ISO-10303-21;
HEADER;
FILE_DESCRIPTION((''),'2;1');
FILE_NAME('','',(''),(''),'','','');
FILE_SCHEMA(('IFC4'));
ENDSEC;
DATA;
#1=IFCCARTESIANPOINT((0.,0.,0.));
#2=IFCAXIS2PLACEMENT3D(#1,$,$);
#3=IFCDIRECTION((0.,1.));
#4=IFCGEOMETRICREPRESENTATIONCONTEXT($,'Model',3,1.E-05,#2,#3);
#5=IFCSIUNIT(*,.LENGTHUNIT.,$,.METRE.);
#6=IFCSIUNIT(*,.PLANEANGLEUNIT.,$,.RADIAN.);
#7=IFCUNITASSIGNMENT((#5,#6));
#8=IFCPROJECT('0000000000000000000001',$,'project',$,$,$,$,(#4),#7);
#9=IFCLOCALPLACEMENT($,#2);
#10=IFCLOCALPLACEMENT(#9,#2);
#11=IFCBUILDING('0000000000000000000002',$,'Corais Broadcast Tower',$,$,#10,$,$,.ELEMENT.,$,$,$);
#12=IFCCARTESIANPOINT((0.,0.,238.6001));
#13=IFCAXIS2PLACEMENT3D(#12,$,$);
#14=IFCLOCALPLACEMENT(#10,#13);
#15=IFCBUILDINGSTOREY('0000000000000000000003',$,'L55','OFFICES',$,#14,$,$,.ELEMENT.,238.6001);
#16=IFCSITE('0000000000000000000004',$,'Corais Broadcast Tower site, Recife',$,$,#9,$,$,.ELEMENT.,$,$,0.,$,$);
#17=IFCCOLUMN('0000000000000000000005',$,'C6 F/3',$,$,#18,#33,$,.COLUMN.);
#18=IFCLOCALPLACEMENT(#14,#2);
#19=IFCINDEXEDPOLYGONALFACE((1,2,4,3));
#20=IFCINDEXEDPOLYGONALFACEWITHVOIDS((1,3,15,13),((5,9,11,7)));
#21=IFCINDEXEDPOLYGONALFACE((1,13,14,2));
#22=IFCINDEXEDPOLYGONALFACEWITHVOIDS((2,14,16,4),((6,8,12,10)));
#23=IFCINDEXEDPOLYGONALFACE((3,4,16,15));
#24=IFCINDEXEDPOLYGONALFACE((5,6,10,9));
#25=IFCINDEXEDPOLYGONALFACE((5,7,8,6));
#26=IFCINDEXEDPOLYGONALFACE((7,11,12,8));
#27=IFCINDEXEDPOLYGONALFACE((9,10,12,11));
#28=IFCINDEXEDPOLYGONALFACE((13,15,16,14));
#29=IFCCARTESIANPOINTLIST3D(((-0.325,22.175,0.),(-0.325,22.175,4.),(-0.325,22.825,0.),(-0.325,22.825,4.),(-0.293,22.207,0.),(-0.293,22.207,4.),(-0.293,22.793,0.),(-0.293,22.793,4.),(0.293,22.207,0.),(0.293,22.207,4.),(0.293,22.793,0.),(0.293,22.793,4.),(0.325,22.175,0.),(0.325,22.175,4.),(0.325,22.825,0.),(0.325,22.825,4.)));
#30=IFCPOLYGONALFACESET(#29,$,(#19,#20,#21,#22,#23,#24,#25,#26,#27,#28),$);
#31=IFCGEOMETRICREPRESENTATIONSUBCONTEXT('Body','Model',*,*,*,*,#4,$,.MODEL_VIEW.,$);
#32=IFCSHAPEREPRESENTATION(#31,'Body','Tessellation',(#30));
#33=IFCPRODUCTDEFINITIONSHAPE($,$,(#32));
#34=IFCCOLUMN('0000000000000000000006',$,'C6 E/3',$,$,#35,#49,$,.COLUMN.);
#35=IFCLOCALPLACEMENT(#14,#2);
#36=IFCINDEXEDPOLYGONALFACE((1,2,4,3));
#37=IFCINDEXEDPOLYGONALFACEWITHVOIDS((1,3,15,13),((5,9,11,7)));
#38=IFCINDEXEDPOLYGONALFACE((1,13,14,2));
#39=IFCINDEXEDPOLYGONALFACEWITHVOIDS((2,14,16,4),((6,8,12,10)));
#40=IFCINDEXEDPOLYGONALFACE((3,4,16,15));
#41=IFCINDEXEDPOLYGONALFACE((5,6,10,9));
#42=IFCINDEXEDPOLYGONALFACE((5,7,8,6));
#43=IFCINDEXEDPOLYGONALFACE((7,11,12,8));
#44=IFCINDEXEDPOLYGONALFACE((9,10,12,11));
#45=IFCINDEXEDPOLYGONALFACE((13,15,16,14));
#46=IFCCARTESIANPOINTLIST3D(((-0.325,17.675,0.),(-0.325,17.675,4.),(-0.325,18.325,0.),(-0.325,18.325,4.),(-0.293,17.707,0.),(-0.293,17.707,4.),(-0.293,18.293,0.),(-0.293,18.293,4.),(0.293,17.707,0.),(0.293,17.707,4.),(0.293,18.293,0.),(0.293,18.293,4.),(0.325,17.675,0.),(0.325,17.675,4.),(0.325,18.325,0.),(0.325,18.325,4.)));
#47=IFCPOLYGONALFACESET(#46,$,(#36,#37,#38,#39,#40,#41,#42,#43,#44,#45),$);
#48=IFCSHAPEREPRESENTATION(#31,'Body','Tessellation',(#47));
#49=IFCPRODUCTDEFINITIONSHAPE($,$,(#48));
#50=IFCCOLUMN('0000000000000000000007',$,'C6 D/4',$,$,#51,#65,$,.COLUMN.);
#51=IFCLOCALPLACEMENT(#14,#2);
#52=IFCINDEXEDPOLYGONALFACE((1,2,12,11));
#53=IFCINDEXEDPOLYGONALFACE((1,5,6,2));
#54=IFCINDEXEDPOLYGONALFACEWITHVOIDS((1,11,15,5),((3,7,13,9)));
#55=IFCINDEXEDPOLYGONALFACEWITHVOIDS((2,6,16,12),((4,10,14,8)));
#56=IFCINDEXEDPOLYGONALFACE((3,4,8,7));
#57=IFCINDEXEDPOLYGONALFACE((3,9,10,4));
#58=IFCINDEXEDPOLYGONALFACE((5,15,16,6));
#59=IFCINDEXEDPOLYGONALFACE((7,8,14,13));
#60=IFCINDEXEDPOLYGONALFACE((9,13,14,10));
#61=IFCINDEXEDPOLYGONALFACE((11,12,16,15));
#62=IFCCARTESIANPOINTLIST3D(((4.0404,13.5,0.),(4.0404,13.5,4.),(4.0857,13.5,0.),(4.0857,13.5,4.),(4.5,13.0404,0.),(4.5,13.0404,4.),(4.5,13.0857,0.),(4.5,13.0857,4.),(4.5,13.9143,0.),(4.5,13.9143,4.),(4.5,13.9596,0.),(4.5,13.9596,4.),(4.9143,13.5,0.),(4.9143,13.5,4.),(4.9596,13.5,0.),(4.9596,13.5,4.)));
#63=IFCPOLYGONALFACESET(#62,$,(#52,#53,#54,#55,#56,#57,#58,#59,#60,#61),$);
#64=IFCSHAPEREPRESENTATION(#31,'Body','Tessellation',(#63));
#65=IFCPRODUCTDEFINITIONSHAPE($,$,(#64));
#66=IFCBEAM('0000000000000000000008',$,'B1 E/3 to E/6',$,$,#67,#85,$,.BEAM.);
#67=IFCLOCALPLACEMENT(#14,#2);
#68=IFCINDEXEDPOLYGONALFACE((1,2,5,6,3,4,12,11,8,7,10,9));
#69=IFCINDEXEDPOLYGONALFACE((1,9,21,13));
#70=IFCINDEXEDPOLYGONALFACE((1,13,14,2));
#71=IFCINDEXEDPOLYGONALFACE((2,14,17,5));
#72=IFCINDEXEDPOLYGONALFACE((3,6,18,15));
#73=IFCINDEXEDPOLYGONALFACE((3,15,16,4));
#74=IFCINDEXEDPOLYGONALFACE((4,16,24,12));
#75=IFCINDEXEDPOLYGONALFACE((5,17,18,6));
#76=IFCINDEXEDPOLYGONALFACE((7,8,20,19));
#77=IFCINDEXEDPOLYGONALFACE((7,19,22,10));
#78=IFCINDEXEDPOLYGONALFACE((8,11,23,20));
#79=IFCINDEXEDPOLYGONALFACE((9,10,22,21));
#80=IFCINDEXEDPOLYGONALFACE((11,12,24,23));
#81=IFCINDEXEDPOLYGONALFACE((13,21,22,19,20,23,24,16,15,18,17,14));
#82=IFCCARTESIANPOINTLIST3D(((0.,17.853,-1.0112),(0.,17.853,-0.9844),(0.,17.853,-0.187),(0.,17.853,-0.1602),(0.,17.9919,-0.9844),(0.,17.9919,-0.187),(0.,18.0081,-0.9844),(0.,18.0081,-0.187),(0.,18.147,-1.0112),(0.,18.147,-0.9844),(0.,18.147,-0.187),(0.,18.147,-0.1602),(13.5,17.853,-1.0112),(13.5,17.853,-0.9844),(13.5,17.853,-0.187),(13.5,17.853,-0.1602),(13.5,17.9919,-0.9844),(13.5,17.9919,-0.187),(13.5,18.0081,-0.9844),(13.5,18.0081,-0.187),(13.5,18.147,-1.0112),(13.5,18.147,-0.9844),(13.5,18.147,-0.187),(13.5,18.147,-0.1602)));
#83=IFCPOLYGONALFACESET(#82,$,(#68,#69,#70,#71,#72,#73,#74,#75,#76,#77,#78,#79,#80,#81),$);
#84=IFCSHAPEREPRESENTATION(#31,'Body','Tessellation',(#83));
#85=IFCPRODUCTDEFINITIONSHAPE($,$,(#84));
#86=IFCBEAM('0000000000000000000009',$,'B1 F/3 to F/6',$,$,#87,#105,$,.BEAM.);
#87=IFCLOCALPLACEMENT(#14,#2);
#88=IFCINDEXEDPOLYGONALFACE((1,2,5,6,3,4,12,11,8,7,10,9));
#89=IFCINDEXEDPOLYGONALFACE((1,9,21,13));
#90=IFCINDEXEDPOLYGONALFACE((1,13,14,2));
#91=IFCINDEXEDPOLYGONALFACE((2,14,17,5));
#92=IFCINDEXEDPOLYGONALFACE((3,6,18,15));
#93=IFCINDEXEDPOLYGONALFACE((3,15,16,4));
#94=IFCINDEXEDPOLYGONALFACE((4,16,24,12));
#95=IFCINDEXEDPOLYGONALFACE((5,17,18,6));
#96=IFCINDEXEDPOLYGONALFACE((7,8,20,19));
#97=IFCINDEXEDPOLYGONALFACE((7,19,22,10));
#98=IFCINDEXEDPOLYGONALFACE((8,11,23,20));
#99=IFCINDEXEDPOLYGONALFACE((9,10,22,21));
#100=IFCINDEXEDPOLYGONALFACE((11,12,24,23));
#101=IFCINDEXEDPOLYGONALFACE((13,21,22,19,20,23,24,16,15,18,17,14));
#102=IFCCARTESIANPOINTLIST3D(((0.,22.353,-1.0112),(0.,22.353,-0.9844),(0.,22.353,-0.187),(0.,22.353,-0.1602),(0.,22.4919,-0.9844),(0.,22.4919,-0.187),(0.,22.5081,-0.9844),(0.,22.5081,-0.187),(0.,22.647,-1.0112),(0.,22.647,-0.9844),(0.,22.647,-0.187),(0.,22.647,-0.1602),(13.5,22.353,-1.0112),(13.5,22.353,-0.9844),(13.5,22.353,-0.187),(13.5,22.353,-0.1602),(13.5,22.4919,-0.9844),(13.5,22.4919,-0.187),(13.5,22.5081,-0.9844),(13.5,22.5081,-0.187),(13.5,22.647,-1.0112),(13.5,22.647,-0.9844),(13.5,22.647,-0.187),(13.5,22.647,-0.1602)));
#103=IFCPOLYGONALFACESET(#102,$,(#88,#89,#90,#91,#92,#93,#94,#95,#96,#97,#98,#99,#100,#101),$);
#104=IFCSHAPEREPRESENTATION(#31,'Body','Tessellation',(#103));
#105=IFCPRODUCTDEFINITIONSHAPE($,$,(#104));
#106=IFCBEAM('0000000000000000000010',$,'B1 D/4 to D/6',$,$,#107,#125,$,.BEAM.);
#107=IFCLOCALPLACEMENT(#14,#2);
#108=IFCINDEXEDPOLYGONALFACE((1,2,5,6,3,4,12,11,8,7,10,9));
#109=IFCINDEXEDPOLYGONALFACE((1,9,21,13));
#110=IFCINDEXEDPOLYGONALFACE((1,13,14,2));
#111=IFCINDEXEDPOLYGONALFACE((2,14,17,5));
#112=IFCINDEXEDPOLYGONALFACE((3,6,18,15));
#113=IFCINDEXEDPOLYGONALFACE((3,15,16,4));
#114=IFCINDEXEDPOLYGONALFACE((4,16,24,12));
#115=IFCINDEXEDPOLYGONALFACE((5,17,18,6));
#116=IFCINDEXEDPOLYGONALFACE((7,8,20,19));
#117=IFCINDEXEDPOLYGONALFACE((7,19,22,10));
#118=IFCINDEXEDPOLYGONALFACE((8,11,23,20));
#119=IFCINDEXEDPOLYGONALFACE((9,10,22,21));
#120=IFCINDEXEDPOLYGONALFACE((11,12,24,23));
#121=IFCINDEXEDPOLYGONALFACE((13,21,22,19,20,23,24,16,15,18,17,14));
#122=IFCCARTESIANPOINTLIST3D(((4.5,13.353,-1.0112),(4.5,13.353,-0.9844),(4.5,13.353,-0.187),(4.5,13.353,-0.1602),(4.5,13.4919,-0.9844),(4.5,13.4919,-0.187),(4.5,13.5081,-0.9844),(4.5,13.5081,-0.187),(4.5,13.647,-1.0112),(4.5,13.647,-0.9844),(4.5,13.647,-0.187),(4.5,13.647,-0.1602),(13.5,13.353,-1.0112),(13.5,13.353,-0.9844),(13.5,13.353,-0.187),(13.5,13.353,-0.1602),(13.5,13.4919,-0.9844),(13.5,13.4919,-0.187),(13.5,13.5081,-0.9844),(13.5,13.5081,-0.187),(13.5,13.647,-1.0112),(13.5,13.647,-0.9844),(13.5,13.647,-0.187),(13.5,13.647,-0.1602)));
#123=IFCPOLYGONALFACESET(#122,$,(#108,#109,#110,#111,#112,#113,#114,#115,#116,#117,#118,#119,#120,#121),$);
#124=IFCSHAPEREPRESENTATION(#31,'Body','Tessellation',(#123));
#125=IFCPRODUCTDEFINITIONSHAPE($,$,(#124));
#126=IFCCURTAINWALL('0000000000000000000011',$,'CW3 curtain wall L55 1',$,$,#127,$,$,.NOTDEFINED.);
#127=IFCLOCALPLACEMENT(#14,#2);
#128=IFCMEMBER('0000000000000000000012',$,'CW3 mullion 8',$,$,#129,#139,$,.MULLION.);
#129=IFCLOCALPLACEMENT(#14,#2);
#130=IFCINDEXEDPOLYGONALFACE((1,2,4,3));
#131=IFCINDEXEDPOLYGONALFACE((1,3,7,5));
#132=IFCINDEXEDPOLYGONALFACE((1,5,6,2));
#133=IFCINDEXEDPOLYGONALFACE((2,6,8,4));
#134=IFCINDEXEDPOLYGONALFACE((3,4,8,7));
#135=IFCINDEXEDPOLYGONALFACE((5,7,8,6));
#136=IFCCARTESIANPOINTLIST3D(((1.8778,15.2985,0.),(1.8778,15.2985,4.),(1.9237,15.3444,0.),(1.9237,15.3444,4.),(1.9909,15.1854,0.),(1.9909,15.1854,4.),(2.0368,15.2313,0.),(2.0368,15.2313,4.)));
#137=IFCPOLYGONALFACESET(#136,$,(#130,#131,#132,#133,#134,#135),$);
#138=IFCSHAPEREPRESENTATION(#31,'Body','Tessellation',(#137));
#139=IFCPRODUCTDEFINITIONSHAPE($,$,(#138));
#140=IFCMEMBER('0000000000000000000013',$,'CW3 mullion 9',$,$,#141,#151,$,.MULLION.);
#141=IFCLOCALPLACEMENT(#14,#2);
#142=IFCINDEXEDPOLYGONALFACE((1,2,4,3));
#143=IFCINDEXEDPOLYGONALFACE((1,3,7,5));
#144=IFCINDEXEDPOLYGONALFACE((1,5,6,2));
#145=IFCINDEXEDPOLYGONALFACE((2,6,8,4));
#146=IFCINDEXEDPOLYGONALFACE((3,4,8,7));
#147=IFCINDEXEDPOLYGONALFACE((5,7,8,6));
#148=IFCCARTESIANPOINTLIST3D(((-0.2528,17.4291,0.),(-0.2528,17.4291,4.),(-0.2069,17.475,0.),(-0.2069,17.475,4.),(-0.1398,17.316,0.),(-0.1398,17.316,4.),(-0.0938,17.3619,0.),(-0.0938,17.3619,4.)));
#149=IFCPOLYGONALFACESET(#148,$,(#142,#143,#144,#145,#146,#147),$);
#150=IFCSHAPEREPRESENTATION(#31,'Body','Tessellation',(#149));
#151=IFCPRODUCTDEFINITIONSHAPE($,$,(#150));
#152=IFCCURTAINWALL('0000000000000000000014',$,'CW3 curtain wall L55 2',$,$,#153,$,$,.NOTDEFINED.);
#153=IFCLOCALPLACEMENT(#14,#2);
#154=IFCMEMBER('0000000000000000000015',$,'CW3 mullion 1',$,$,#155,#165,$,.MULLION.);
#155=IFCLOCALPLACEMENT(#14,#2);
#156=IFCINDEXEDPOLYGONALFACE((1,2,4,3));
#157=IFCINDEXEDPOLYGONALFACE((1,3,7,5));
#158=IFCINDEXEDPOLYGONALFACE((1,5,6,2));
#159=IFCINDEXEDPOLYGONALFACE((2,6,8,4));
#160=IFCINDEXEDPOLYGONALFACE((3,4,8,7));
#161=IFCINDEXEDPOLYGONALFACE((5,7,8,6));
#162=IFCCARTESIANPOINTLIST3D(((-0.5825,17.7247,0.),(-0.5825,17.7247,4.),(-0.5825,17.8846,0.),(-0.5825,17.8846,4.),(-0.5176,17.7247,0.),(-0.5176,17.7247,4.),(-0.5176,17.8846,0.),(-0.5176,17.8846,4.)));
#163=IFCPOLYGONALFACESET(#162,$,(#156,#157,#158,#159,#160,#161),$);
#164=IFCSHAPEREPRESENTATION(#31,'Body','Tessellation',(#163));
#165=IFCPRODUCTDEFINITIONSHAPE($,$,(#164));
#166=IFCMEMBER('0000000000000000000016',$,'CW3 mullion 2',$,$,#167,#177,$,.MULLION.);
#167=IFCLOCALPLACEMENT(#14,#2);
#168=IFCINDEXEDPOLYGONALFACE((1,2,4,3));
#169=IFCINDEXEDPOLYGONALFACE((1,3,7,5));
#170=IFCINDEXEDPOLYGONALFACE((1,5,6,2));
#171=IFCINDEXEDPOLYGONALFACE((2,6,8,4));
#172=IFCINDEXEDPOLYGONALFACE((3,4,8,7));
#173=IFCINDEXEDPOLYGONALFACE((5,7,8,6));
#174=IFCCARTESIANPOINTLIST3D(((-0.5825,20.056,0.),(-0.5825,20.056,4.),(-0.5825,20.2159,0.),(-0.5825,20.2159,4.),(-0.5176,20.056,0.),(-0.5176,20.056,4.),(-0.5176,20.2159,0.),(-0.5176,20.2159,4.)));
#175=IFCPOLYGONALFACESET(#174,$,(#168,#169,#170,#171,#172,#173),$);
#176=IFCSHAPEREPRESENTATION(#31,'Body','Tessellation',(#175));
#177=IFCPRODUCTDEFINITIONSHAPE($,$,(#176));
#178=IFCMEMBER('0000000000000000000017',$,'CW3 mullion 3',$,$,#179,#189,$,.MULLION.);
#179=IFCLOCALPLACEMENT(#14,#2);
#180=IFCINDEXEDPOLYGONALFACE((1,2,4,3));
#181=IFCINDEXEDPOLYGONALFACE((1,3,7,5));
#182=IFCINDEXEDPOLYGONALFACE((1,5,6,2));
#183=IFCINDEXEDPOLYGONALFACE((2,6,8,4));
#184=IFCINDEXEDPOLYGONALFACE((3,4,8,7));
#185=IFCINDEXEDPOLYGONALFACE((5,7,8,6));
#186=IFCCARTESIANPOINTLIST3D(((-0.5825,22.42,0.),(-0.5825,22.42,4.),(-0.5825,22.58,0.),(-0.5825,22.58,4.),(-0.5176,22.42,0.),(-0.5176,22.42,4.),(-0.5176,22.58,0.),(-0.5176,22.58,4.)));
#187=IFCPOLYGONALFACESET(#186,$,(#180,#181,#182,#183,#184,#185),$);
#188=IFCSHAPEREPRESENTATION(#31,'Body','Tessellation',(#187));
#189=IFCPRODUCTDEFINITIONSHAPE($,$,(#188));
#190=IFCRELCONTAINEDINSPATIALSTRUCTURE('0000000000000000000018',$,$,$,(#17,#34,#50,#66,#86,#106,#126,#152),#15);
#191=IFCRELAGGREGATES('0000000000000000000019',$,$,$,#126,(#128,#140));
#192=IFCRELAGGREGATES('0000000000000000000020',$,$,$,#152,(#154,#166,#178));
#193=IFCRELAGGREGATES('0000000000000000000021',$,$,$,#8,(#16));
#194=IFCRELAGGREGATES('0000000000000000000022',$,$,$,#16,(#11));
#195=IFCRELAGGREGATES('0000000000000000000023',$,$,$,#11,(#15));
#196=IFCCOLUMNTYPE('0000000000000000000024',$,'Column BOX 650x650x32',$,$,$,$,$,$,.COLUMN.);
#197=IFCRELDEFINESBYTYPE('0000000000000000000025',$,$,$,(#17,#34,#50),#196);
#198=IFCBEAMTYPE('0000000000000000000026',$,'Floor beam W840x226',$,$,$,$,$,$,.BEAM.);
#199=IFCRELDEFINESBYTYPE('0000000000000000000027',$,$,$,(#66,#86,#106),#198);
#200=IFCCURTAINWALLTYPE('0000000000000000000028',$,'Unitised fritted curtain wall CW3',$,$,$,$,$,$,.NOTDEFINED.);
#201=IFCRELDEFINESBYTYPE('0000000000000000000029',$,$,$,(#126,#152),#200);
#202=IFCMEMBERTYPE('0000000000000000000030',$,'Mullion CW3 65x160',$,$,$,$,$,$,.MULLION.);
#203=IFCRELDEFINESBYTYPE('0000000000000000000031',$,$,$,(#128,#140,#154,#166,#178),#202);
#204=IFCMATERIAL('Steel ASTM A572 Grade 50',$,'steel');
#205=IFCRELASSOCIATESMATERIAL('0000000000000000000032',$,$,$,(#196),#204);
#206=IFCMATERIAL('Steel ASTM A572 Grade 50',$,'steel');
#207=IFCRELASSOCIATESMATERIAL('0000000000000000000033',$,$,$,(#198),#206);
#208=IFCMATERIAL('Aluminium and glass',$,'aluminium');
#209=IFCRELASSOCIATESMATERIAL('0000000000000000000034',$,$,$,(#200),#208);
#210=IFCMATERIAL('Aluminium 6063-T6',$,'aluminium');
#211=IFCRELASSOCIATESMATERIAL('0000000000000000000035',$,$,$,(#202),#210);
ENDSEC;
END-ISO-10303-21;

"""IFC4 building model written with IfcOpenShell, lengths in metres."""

from ifc_helpers import new_model, si_unit, direction, frame, origin, origin_2d, place, context, subcontext, project, spatial, rectangle, hollow_rectangle, i_section, extrude, material, material_profile, profile_set, type_object, element, aggregate, save


model = new_model("IFC4")

# Units and contexts
model_context = context("Model", 3, precision=1e-05, world=origin(), true_north=direction((0.0, 1.0)))
body_context = subcontext(model_context, "Body", "Model", "MODEL_VIEW")
ifc_project = project(units=[si_unit("LENGTHUNIT", "METRE"), si_unit("PLANEANGLEUNIT", "RADIAN")], contexts=[model_context])

# Site, building, storey
site_placement = place(None, origin())
site = spatial("IfcSite", under=ifc_project, at=site_placement, Name="Corais Broadcast Tower site, Recife", CompositionType="ELEMENT", RefElevation=0.0)
building_placement = place(site_placement, origin())
building = spatial("IfcBuilding", under=site, at=building_placement, Name="Corais Broadcast Tower", CompositionType="ELEMENT")
storey_placement = place(building_placement, frame((0.0, 0.0, 238.6001)))
storey = spatial("IfcBuildingStorey", under=building, at=storey_placement, Name="L55", Description="OFFICES", CompositionType="ELEMENT", Elevation=238.6001)

# Columns
ifc_material_1 = material(Name="Steel ASTM A572 Grade 50", Category="steel")
ifc_material_profile_1 = material_profile(ifc_material_1, hollow_rectangle(XDim=0.6499, YDim=0.6499, WallThickness=0.032, at=origin_2d()), Name="BOX 650x650x32")
ifc_profile_set_1 = profile_set([ifc_material_profile_1], Name="Steel ASTM A572 Grade 50")
column_type = type_object("IfcColumnType", Name="Column BOX 650x650x32", PredefinedType="COLUMN", material=ifc_profile_set_1)
for number, where, z_axis, x_axis, name in (
    (1, (0.0, 22.5, 0.0), (0.0, 0.0, 1.0), (1.0, 0.0, 0.0), "C6 F/3"),
    (2, (0.0, 18.0, 0.0), (0.0, 0.0, 1.0), (1.0, 0.0, 0.0), "C6 E/3"),
    (3, (4.5, 13.5, 0.0), (0.0, 0.0, 1.0), (0.707107, 0.707107, 0.0), "C6 D/4"),
):
    element("IfcColumn", number, at=place(storey_placement, frame(where, z_axis=z_axis, x_axis=x_axis)), inside=storey, type_object=column_type, Name=name, PredefinedType="COLUMN", context=body_context, shape_type="SweptSolid", body=[
        extrude(hollow_rectangle(XDim=0.6499, YDim=0.6499, WallThickness=0.032, at=origin_2d()), origin(), (0.0, 0.0, 1.0), 4.0),
    ])

# Beams
ifc_material_2 = material(Name="Steel ASTM A572 Grade 50", Category="steel")
ifc_material_profile_2 = material_profile(ifc_material_2, i_section(OverallWidth=0.2939, OverallDepth=0.8511, WebThickness=0.0161, FlangeThickness=0.0269, at=origin_2d()), Name="W840x226")
ifc_profile_set_2 = profile_set([ifc_material_profile_2], Name="Steel ASTM A572 Grade 50")
beam_type_1 = type_object("IfcBeamType", Name="Floor beam W840x226", PredefinedType="BEAM", material=ifc_profile_set_2)
for number, where, z_axis, x_axis, name in (
    (4, (0.0, 18.0, -0.5857), (1.0, 0.0, 0.0), (0.0, 1.0, 0.0), "B1 E/3 to E/6"),
    (5, (0.0, 22.5, -0.5857), (1.0, 0.0, 0.0), (0.0, 1.0, 0.0), "B1 F/3 to F/6"),
):
    element("IfcBeam", number, at=place(storey_placement, frame(where, z_axis=z_axis, x_axis=x_axis)), inside=storey, type_object=beam_type_1, Name=name, PredefinedType="BEAM", context=body_context, shape_type="SweptSolid", body=[
        extrude(i_section(OverallWidth=0.2939, OverallDepth=0.8511, WebThickness=0.0161, FlangeThickness=0.0269, at=origin_2d()), origin(), (0.0, 0.0, 1.0), 13.5),
    ])
beam_1_placement = place(storey_placement, frame((4.5, 13.5, -0.5857), z_axis=(1.0, 0.0, 0.0), x_axis=(0.0, 1.0, 0.0)))
element("IfcBeam", 6, at=beam_1_placement, inside=storey, type_object=beam_type_1, Name="B1 D/4 to D/6", PredefinedType="BEAM", context=body_context, shape_type="SweptSolid", body=[
    extrude(i_section(OverallWidth=0.2939, OverallDepth=0.8511, WebThickness=0.0161, FlangeThickness=0.0269, at=origin_2d()), origin(), (0.0, 0.0, 1.0), 9.0),
])

# Curtain walls, members
ifc_material_3 = material(Name="Aluminium and glass", Category="aluminium")
curtain_wall_type = type_object("IfcCurtainWallType", Name="Unitised fritted curtain wall CW3", PredefinedType="NOTDEFINED", material=ifc_material_3)
curtain_wall_1_placement = place(storey_placement, origin())
curtain_wall_1 = element("IfcCurtainWall", 7, at=curtain_wall_1_placement, inside=storey, type_object=curtain_wall_type, Name="CW3 curtain wall L55 1", PredefinedType="NOTDEFINED")
ifc_material_4 = material(Name="Aluminium 6063-T6", Category="aluminium")
ifc_material_profile_3 = material_profile(ifc_material_4, rectangle(XDim=0.0649, YDim=0.1599, at=origin_2d()), Name="Mullion CW3 65x160")
ifc_profile_set_3 = profile_set([ifc_material_profile_3], Name="Aluminium 6063-T6")
member_type_1 = type_object("IfcMemberType", Name="Mullion CW3 65x160", PredefinedType="MULLION", material=ifc_profile_set_3)
member_1_placement = place(storey_placement, frame((1.9573, 15.2649, 0.0), z_axis=(0.0, 0.0, 1.0), x_axis=(-0.707107, -0.707107, 0.0)))
member_1 = element("IfcMember", 8, at=member_1_placement, type_object=member_type_1, Name="CW3 mullion 8", PredefinedType="MULLION", context=body_context, shape_type="SweptSolid", body=[
    extrude(rectangle(XDim=0.0649, YDim=0.1599, at=origin_2d()), origin(), (0.0, 0.0, 1.0), 4.0),
])
member_2_placement = place(storey_placement, frame((-0.1733, 17.3955, 0.0), z_axis=(0.0, 0.0, 1.0), x_axis=(-0.707107, -0.707107, 0.0)))
member_2 = element("IfcMember", 9, at=member_2_placement, type_object=member_type_1, Name="CW3 mullion 9", PredefinedType="MULLION", context=body_context, shape_type="SweptSolid", body=[
    extrude(rectangle(XDim=0.0649, YDim=0.1599, at=origin_2d()), origin(), (0.0, 0.0, 1.0), 4.0),
])
curtain_wall_2_placement = place(storey_placement, origin())
curtain_wall_2 = element("IfcCurtainWall", 10, at=curtain_wall_2_placement, inside=storey, type_object=curtain_wall_type, Name="CW3 curtain wall L55 2", PredefinedType="NOTDEFINED")
member_3_placement = place(storey_placement, frame((-0.55, 17.8047, 0.0), z_axis=(0.0, 0.0, 1.0), x_axis=(-1.0, 0.0, 0.0)))
member_3 = element("IfcMember", 11, at=member_3_placement, type_object=member_type_1, Name="CW3 mullion 1", PredefinedType="MULLION", context=body_context, shape_type="SweptSolid", body=[
    extrude(rectangle(XDim=0.0649, YDim=0.1599, at=origin_2d()), origin(), (0.0, 0.0, 1.0), 4.0),
])
member_4_placement = place(storey_placement, frame((-0.55, 20.136, 0.0), z_axis=(0.0, 0.0, 1.0), x_axis=(-1.0, 0.0, 0.0)))
member_4 = element("IfcMember", 12, at=member_4_placement, type_object=member_type_1, Name="CW3 mullion 2", PredefinedType="MULLION", context=body_context, shape_type="SweptSolid", body=[
    extrude(rectangle(XDim=0.0649, YDim=0.1599, at=origin_2d()), origin(), (0.0, 0.0, 1.0), 4.0),
])
member_5_placement = place(storey_placement, frame((-0.55, 22.5, 0.0), z_axis=(0.0, 0.0, 1.0), x_axis=(-1.0, 0.0, 0.0)))
member_5 = element("IfcMember", 13, at=member_5_placement, type_object=member_type_1, Name="CW3 mullion 3", PredefinedType="MULLION", context=body_context, shape_type="SweptSolid", body=[
    extrude(rectangle(XDim=0.0649, YDim=0.1599, at=origin_2d()), origin(), (0.0, 0.0, 1.0), 4.0),
])

aggregate(curtain_wall_1, [member_1, member_2])
aggregate(curtain_wall_2, [member_3, member_4, member_5])

save(model, "model.ifc")
